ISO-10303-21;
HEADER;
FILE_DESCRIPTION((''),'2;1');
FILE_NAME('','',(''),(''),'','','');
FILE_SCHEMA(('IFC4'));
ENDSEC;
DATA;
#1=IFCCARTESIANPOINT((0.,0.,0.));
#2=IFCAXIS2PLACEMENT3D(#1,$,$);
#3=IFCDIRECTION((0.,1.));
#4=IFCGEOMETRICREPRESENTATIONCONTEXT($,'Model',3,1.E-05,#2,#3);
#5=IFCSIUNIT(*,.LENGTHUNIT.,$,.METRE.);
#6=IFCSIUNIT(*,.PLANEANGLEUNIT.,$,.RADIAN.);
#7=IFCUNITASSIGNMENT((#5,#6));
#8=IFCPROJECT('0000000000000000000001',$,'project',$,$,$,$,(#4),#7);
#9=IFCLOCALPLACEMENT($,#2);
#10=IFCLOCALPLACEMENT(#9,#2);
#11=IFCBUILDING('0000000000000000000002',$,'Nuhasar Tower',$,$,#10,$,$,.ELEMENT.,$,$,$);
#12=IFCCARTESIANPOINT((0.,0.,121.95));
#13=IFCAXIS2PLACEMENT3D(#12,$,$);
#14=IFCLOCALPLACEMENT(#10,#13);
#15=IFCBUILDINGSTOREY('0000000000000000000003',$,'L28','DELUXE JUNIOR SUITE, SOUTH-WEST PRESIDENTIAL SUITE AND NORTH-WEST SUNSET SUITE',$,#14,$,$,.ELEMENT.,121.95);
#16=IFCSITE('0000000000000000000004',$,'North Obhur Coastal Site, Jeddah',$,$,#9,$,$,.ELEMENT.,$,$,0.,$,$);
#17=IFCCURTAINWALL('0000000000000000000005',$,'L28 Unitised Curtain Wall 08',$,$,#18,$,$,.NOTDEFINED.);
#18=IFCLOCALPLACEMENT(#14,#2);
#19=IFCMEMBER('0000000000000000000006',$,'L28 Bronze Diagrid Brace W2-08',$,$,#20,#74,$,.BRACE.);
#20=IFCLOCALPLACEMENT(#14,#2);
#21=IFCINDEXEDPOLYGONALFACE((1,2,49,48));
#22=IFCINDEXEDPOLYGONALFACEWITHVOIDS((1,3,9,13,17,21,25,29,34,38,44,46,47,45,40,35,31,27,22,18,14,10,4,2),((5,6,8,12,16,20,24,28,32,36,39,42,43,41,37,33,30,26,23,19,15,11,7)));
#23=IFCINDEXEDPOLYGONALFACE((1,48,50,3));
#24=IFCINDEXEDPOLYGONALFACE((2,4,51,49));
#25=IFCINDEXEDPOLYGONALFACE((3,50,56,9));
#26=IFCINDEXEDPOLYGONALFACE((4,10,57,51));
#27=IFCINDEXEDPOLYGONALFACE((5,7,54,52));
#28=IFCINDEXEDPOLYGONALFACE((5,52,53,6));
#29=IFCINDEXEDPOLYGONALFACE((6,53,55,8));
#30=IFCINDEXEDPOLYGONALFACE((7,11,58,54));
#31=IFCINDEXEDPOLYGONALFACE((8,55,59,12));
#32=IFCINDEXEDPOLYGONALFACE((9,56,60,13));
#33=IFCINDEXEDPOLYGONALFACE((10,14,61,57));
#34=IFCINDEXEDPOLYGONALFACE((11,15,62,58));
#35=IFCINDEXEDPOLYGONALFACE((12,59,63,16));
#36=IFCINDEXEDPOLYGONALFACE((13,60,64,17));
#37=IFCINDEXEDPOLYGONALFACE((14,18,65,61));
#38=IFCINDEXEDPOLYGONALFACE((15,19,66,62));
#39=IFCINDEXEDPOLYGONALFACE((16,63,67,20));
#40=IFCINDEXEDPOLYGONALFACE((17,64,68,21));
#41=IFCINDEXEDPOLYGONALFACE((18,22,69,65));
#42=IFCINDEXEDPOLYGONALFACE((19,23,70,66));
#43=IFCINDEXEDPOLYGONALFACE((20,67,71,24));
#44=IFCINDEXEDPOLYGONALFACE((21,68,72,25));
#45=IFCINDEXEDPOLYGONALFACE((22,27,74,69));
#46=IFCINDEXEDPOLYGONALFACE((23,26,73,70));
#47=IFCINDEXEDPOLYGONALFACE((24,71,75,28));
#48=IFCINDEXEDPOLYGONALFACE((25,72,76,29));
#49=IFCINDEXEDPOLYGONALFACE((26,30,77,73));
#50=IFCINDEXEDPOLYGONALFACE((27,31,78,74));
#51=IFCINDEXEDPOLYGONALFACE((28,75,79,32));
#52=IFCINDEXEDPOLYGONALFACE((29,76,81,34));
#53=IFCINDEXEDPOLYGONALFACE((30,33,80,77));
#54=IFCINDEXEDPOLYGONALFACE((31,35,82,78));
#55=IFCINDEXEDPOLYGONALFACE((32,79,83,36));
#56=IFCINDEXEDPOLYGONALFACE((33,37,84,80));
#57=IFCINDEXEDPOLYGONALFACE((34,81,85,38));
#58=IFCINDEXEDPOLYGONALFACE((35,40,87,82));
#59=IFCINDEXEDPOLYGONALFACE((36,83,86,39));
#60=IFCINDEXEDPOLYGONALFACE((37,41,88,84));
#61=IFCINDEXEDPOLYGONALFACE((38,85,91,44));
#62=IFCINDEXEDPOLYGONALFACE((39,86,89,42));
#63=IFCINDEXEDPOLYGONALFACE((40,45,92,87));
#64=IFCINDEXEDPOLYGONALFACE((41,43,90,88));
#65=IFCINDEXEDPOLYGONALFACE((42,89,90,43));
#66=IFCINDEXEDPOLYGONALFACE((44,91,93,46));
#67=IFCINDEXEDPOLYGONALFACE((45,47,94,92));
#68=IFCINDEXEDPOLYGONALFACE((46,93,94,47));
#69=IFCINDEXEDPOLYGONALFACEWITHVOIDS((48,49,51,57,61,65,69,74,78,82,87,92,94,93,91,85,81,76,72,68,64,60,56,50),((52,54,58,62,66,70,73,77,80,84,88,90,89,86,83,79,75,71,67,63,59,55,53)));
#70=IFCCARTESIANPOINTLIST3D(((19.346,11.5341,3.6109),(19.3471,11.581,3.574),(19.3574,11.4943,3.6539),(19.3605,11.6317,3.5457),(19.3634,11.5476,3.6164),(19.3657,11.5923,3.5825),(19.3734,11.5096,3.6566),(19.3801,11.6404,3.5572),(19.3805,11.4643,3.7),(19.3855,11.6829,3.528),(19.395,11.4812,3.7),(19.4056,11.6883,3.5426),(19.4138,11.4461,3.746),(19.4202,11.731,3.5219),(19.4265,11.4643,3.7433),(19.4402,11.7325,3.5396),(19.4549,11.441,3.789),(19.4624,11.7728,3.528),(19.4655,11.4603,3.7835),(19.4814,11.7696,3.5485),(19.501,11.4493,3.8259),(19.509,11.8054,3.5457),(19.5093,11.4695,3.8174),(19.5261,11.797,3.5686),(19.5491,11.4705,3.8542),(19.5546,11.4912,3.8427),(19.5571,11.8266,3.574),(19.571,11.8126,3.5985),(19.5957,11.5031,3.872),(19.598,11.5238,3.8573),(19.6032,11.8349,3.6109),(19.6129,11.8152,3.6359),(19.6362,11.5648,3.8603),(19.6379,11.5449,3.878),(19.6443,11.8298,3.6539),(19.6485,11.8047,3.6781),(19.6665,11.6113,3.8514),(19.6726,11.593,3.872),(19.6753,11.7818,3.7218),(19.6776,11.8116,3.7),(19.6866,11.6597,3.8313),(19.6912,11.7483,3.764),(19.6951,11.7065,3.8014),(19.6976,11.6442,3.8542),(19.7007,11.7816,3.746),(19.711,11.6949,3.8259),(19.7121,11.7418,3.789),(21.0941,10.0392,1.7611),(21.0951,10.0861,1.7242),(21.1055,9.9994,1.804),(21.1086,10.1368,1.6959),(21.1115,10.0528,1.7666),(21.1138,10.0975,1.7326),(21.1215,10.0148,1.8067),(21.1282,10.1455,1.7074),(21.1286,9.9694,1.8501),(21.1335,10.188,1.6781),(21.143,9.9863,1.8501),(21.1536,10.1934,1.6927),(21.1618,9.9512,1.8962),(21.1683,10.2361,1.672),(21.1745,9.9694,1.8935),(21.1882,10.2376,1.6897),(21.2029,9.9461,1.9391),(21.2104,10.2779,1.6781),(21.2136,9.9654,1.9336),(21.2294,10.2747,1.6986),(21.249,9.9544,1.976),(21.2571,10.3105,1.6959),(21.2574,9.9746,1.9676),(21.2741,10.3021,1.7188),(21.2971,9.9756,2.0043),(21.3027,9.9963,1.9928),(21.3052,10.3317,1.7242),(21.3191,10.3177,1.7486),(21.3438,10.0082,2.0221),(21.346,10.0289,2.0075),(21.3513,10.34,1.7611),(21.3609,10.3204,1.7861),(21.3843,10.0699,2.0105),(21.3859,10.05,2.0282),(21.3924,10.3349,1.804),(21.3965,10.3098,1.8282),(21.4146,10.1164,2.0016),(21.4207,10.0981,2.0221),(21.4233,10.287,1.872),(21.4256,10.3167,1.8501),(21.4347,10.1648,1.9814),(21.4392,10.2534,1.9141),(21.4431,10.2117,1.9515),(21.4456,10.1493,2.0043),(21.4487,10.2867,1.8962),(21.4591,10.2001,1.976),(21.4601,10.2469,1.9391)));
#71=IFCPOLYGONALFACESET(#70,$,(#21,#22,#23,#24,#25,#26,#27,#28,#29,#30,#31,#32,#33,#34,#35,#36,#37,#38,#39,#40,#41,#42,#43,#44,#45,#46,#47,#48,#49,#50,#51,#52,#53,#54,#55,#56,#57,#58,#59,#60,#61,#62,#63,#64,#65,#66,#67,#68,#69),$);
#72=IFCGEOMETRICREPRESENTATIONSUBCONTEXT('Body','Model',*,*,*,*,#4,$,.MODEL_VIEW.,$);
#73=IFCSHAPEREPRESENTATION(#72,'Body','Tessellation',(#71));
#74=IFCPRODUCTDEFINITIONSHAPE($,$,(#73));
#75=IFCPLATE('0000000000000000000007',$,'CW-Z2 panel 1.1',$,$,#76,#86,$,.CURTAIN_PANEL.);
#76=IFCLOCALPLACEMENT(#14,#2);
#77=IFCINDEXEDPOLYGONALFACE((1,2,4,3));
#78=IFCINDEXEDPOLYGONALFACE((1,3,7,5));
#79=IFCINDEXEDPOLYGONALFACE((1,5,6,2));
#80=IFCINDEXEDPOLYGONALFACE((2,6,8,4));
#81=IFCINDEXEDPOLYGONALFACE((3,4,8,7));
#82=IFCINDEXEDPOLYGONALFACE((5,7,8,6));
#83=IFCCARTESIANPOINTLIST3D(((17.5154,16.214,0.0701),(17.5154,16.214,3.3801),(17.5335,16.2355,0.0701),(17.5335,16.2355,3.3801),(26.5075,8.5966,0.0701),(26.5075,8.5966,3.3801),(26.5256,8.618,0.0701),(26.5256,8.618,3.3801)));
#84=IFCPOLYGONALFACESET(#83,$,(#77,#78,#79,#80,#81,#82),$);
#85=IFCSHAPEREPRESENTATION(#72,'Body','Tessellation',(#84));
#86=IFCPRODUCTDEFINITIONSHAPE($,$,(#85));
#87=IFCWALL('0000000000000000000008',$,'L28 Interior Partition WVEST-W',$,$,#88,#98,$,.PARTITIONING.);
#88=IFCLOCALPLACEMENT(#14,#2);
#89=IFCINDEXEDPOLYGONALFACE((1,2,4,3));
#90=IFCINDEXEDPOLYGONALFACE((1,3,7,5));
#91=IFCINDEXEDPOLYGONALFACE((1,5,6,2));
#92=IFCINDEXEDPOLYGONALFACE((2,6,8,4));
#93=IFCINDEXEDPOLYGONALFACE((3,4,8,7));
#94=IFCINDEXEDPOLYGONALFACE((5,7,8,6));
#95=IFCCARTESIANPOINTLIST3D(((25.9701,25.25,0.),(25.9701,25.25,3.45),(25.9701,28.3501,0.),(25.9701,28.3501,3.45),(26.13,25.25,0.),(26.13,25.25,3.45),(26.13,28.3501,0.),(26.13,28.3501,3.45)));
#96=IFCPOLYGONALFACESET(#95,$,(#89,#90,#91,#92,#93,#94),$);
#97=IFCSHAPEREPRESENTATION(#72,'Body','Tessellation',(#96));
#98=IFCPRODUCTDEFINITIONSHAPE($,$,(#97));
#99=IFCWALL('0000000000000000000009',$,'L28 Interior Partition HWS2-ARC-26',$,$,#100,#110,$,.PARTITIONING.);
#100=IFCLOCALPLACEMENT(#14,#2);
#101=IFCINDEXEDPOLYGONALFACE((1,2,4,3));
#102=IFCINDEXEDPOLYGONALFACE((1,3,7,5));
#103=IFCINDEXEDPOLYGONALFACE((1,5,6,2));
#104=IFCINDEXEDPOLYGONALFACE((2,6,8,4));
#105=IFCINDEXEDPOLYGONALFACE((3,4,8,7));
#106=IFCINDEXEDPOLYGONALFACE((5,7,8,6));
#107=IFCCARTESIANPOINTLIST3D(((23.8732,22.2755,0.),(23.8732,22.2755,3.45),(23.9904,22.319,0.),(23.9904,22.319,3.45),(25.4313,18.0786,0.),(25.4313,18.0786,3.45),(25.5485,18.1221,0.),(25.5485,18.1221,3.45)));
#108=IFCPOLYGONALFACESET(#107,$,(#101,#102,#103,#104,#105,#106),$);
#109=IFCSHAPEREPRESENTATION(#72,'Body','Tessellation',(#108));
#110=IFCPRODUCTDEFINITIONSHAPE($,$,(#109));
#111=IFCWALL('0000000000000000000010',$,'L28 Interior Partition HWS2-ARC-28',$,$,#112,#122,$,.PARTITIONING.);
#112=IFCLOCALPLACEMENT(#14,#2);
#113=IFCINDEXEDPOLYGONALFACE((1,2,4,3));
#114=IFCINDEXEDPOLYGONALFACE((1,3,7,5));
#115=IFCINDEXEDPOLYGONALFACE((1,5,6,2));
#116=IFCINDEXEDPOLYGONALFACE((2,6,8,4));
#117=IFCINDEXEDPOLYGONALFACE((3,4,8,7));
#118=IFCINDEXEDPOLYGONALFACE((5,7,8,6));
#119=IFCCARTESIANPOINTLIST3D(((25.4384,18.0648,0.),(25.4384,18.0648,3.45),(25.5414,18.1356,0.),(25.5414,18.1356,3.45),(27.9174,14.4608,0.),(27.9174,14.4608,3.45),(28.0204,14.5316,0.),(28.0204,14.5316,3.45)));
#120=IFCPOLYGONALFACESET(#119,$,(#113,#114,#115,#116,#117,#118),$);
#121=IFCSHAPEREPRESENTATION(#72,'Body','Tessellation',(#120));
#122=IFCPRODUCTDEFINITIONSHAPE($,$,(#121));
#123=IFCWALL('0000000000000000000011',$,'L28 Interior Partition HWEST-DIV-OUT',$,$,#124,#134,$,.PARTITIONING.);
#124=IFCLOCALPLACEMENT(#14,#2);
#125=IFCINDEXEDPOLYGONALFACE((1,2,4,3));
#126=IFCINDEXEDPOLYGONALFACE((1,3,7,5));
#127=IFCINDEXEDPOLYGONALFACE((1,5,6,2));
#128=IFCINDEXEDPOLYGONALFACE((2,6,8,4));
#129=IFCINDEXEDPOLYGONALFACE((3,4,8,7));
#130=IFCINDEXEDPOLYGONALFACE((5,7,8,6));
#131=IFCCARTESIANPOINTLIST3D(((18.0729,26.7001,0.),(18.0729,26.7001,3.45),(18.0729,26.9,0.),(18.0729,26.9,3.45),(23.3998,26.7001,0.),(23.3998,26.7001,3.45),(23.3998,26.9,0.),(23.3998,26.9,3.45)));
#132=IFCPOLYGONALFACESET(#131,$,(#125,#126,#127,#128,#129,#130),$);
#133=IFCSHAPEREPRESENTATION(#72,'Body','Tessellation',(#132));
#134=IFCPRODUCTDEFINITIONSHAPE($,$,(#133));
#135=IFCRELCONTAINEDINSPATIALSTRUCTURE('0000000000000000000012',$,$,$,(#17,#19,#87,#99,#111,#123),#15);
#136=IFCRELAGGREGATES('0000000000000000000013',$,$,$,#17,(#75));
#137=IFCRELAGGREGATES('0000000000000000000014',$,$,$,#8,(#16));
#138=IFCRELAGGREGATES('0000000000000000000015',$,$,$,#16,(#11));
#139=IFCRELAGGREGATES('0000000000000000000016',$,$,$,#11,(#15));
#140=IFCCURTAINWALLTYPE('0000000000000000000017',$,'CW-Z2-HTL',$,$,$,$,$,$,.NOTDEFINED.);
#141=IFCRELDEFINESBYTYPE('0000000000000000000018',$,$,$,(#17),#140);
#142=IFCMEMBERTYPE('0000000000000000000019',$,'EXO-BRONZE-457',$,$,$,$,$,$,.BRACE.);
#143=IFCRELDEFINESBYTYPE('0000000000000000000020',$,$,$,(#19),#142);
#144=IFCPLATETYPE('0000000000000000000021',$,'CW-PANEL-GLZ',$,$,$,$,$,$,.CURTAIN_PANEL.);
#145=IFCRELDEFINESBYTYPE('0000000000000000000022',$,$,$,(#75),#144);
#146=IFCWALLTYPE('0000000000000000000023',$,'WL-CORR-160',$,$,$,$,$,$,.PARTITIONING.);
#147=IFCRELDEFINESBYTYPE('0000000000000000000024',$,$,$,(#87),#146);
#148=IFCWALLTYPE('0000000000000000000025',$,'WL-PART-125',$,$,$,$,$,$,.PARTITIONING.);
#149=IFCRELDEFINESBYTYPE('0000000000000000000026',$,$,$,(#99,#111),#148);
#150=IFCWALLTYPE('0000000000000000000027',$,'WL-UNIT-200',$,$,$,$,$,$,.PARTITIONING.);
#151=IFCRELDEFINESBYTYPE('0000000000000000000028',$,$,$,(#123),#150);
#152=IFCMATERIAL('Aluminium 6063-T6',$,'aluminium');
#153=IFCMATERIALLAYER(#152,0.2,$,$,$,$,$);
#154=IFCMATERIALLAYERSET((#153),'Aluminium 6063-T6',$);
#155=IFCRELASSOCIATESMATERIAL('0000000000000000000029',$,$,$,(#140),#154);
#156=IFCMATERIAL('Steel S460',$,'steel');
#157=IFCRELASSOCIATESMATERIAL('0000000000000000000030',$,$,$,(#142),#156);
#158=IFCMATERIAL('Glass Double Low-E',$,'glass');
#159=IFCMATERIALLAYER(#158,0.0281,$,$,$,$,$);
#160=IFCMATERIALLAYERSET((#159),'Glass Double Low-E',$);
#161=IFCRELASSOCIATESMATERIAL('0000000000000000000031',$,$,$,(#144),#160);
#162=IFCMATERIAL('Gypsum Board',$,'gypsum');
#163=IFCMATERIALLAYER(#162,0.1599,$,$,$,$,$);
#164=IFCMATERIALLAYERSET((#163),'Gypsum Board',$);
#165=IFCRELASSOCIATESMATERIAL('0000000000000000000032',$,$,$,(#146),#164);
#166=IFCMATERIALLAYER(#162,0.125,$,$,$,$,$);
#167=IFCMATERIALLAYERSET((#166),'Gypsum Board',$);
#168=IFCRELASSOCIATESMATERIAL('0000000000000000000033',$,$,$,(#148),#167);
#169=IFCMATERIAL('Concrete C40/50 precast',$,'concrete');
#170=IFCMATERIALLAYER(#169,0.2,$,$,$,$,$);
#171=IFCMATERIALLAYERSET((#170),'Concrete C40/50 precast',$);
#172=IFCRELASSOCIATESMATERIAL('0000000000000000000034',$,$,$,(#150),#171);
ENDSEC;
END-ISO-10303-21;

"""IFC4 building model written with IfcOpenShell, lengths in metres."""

from ifc_helpers import new_model, si_unit, direction, frame, frame_2d, origin, origin_2d, place, context, subcontext, project, spatial, rectangle, hollow_circle, extrude, material, layer, layer_set, material_profile, profile_set, type_object, element, aggregate, save


model = new_model("IFC4")

# Units and contexts
model_context = context("Model", 3, precision=1e-05, world=origin(), true_north=direction((0.0, 1.0)))
body_context = subcontext(model_context, "Body", "Model", "MODEL_VIEW")
ifc_project = project(units=[si_unit("LENGTHUNIT", "METRE"), si_unit("PLANEANGLEUNIT", "RADIAN")], contexts=[model_context])

# Site, building, storey
site_placement = place(None, origin())
site = spatial("IfcSite", under=ifc_project, at=site_placement, Name="North Obhur Coastal Site, Jeddah", CompositionType="ELEMENT", RefElevation=0.0)
building_placement = place(site_placement, origin())
building = spatial("IfcBuilding", under=site, at=building_placement, Name="Nuhasar Tower", CompositionType="ELEMENT")
storey_placement = place(building_placement, frame((0.0, 0.0, 121.95)))
storey = spatial("IfcBuildingStorey", under=building, at=storey_placement, Name="L28", Description="DELUXE JUNIOR SUITE, SOUTH-WEST PRESIDENTIAL SUITE AND NORTH-WEST SUNSET SUITE", CompositionType="ELEMENT", Elevation=121.95)

# Curtain wall
ifc_material_1 = material(Name="Aluminium 6063-T6", Category="aluminium")
ifc_layer_1 = layer(ifc_material_1, 0.2)
ifc_layer_set_1 = layer_set([ifc_layer_1], Name="Aluminium 6063-T6")
curtain_wall_type = type_object("IfcCurtainWallType", Name="CW-Z2-HTL", PredefinedType="NOTDEFINED", material=ifc_layer_set_1)
curtain_wall_1_placement = place(storey_placement, origin())
curtain_wall_1 = element("IfcCurtainWall", 1, at=curtain_wall_1_placement, inside=storey, type_object=curtain_wall_type, Name="L28 Unitised Curtain Wall 08", PredefinedType="NOTDEFINED")

# Member
ifc_material_2 = material(Name="Steel S460", Category="steel")
ifc_material_profile_1 = material_profile(ifc_material_2, hollow_circle(Radius=0.2285, WallThickness=0.0222, at=origin_2d()), Name="HSS457X22.2")
ifc_profile_set_1 = profile_set([ifc_material_profile_1], Name="Steel S460")
member_type_1 = type_object("IfcMemberType", Name="EXO-BRONZE-457", PredefinedType="BRACE", material=ifc_profile_set_1)
member_1_placement = place(storey_placement, frame((21.2771, 10.1431, 1.8501), z_axis=(-0.592226, 0.506452, 0.626717), x_axis=(-0.649926, -0.759998, 0.0)))
element("IfcMember", 2, at=member_1_placement, inside=storey, type_object=member_type_1, Name="L28 Bronze Diagrid Brace W2-08", PredefinedType="BRACE", context=body_context, shape_type="SweptSolid", body=[
    extrude(hollow_circle(Radius=0.2285, WallThickness=0.0222, at=origin_2d()), origin(), (0.0, 0.0, 1.0), 2.9517),
])

# Plate
ifc_material_3 = material(Name="Glass Double Low-E", Category="glass")
ifc_layer_2 = layer(ifc_material_3, 0.0281)
ifc_layer_set_2 = layer_set([ifc_layer_2], Name="Glass Double Low-E")
plate_type = type_object("IfcPlateType", Name="CW-PANEL-GLZ", PredefinedType="CURTAIN_PANEL", material=ifc_layer_set_2)
plate_placement = place(storey_placement, frame((22.0205, 12.416, 0.0701), z_axis=(0.0, 0.0, 1.0), x_axis=(0.76302, -0.646374, 0.0)))
plate = element("IfcPlate", 3, at=plate_placement, type_object=plate_type, Name="CW-Z2 panel 1.1", PredefinedType="CURTAIN_PANEL", context=body_context, shape_type="SweptSolid", body=[
    extrude(rectangle(XDim=11.7849, YDim=0.0281, at=origin_2d()), origin(), (0.0, 0.0, 1.0), 3.3101),
])
aggregate(curtain_wall_1, [plate])

# Shared definitions
ifc_material_4 = material(Name="Gypsum Board", Category="gypsum")
ifc_layer_3 = layer(ifc_material_4, 0.1599)
ifc_layer_set_3 = layer_set([ifc_layer_3], Name="Gypsum Board")
wall_type_1 = type_object("IfcWallType", Name="WL-CORR-160", PredefinedType="PARTITIONING", material=ifc_layer_set_3)

# Walls
wall_1_placement = place(storey_placement, frame((26.05, 25.25, 0.0), z_axis=(0.0, 0.0, 1.0), x_axis=(0.0, 1.0, 0.0)))
element("IfcWall", 4, at=wall_1_placement, inside=storey, type_object=wall_type_1, Name="L28 Interior Partition WVEST-W", PredefinedType="PARTITIONING", context=body_context, shape_type="SweptSolid", body=[
    extrude(rectangle(XDim=3.1001, YDim=0.1599, at=frame_2d((1.55, 0.0))), origin(), (0.0, 0.0, 1.0), 3.45),
])
ifc_layer_4 = layer(ifc_material_4, 0.125)
ifc_layer_set_4 = layer_set([ifc_layer_4], Name="Gypsum Board")
wall_type_2 = type_object("IfcWallType", Name="WL-PART-125", PredefinedType="PARTITIONING", material=ifc_layer_set_4)
wall_2_placement = place(storey_placement, frame((23.9319, 22.2971, 0.0), z_axis=(0.0, 0.0, 1.0), x_axis=(0.348032, -0.937483, 0.0)))
element("IfcWall", 5, at=wall_2_placement, inside=storey, type_object=wall_type_2, Name="L28 Interior Partition HWS2-ARC-26", PredefinedType="PARTITIONING", context=body_context, shape_type="SweptSolid", body=[
    extrude(rectangle(XDim=4.4768, YDim=0.125, at=frame_2d((2.2383, 0.0))), origin(), (0.0, 0.0, 1.0), 3.45),
])
wall_3_placement = place(storey_placement, frame((25.49, 18.1001, 0.0), z_axis=(0.0, 0.0, 1.0), x_axis=(0.566723, -0.823908, 0.0)))
element("IfcWall", 6, at=wall_3_placement, inside=storey, type_object=wall_type_2, Name="L28 Interior Partition HWS2-ARC-28", PredefinedType="PARTITIONING", context=body_context, shape_type="SweptSolid", body=[
    extrude(rectangle(XDim=4.3743, YDim=0.125, at=frame_2d((2.187, 0.0))), origin(), (0.0, 0.0, 1.0), 3.45),
])
ifc_material_5 = material(Name="Concrete C40/50 precast", Category="concrete")
ifc_layer_5 = layer(ifc_material_5, 0.2)
ifc_layer_set_5 = layer_set([ifc_layer_5], Name="Concrete C40/50 precast")
wall_type_3 = type_object("IfcWallType", Name="WL-UNIT-200", PredefinedType="PARTITIONING", material=ifc_layer_set_5)
wall_4_placement = place(storey_placement, frame((23.3999, 26.8, 0.0), z_axis=(0.0, 0.0, 1.0), x_axis=(-1.0, 0.0, 0.0)))
element("IfcWall", 7, at=wall_4_placement, inside=storey, type_object=wall_type_3, Name="L28 Interior Partition HWEST-DIV-OUT", PredefinedType="PARTITIONING", context=body_context, shape_type="SweptSolid", body=[
    extrude(rectangle(XDim=5.3269, YDim=0.2, at=frame_2d((2.6636, 0.0))), origin(), (0.0, 0.0, 1.0), 3.45),
])

save(model, "model.ifc")
